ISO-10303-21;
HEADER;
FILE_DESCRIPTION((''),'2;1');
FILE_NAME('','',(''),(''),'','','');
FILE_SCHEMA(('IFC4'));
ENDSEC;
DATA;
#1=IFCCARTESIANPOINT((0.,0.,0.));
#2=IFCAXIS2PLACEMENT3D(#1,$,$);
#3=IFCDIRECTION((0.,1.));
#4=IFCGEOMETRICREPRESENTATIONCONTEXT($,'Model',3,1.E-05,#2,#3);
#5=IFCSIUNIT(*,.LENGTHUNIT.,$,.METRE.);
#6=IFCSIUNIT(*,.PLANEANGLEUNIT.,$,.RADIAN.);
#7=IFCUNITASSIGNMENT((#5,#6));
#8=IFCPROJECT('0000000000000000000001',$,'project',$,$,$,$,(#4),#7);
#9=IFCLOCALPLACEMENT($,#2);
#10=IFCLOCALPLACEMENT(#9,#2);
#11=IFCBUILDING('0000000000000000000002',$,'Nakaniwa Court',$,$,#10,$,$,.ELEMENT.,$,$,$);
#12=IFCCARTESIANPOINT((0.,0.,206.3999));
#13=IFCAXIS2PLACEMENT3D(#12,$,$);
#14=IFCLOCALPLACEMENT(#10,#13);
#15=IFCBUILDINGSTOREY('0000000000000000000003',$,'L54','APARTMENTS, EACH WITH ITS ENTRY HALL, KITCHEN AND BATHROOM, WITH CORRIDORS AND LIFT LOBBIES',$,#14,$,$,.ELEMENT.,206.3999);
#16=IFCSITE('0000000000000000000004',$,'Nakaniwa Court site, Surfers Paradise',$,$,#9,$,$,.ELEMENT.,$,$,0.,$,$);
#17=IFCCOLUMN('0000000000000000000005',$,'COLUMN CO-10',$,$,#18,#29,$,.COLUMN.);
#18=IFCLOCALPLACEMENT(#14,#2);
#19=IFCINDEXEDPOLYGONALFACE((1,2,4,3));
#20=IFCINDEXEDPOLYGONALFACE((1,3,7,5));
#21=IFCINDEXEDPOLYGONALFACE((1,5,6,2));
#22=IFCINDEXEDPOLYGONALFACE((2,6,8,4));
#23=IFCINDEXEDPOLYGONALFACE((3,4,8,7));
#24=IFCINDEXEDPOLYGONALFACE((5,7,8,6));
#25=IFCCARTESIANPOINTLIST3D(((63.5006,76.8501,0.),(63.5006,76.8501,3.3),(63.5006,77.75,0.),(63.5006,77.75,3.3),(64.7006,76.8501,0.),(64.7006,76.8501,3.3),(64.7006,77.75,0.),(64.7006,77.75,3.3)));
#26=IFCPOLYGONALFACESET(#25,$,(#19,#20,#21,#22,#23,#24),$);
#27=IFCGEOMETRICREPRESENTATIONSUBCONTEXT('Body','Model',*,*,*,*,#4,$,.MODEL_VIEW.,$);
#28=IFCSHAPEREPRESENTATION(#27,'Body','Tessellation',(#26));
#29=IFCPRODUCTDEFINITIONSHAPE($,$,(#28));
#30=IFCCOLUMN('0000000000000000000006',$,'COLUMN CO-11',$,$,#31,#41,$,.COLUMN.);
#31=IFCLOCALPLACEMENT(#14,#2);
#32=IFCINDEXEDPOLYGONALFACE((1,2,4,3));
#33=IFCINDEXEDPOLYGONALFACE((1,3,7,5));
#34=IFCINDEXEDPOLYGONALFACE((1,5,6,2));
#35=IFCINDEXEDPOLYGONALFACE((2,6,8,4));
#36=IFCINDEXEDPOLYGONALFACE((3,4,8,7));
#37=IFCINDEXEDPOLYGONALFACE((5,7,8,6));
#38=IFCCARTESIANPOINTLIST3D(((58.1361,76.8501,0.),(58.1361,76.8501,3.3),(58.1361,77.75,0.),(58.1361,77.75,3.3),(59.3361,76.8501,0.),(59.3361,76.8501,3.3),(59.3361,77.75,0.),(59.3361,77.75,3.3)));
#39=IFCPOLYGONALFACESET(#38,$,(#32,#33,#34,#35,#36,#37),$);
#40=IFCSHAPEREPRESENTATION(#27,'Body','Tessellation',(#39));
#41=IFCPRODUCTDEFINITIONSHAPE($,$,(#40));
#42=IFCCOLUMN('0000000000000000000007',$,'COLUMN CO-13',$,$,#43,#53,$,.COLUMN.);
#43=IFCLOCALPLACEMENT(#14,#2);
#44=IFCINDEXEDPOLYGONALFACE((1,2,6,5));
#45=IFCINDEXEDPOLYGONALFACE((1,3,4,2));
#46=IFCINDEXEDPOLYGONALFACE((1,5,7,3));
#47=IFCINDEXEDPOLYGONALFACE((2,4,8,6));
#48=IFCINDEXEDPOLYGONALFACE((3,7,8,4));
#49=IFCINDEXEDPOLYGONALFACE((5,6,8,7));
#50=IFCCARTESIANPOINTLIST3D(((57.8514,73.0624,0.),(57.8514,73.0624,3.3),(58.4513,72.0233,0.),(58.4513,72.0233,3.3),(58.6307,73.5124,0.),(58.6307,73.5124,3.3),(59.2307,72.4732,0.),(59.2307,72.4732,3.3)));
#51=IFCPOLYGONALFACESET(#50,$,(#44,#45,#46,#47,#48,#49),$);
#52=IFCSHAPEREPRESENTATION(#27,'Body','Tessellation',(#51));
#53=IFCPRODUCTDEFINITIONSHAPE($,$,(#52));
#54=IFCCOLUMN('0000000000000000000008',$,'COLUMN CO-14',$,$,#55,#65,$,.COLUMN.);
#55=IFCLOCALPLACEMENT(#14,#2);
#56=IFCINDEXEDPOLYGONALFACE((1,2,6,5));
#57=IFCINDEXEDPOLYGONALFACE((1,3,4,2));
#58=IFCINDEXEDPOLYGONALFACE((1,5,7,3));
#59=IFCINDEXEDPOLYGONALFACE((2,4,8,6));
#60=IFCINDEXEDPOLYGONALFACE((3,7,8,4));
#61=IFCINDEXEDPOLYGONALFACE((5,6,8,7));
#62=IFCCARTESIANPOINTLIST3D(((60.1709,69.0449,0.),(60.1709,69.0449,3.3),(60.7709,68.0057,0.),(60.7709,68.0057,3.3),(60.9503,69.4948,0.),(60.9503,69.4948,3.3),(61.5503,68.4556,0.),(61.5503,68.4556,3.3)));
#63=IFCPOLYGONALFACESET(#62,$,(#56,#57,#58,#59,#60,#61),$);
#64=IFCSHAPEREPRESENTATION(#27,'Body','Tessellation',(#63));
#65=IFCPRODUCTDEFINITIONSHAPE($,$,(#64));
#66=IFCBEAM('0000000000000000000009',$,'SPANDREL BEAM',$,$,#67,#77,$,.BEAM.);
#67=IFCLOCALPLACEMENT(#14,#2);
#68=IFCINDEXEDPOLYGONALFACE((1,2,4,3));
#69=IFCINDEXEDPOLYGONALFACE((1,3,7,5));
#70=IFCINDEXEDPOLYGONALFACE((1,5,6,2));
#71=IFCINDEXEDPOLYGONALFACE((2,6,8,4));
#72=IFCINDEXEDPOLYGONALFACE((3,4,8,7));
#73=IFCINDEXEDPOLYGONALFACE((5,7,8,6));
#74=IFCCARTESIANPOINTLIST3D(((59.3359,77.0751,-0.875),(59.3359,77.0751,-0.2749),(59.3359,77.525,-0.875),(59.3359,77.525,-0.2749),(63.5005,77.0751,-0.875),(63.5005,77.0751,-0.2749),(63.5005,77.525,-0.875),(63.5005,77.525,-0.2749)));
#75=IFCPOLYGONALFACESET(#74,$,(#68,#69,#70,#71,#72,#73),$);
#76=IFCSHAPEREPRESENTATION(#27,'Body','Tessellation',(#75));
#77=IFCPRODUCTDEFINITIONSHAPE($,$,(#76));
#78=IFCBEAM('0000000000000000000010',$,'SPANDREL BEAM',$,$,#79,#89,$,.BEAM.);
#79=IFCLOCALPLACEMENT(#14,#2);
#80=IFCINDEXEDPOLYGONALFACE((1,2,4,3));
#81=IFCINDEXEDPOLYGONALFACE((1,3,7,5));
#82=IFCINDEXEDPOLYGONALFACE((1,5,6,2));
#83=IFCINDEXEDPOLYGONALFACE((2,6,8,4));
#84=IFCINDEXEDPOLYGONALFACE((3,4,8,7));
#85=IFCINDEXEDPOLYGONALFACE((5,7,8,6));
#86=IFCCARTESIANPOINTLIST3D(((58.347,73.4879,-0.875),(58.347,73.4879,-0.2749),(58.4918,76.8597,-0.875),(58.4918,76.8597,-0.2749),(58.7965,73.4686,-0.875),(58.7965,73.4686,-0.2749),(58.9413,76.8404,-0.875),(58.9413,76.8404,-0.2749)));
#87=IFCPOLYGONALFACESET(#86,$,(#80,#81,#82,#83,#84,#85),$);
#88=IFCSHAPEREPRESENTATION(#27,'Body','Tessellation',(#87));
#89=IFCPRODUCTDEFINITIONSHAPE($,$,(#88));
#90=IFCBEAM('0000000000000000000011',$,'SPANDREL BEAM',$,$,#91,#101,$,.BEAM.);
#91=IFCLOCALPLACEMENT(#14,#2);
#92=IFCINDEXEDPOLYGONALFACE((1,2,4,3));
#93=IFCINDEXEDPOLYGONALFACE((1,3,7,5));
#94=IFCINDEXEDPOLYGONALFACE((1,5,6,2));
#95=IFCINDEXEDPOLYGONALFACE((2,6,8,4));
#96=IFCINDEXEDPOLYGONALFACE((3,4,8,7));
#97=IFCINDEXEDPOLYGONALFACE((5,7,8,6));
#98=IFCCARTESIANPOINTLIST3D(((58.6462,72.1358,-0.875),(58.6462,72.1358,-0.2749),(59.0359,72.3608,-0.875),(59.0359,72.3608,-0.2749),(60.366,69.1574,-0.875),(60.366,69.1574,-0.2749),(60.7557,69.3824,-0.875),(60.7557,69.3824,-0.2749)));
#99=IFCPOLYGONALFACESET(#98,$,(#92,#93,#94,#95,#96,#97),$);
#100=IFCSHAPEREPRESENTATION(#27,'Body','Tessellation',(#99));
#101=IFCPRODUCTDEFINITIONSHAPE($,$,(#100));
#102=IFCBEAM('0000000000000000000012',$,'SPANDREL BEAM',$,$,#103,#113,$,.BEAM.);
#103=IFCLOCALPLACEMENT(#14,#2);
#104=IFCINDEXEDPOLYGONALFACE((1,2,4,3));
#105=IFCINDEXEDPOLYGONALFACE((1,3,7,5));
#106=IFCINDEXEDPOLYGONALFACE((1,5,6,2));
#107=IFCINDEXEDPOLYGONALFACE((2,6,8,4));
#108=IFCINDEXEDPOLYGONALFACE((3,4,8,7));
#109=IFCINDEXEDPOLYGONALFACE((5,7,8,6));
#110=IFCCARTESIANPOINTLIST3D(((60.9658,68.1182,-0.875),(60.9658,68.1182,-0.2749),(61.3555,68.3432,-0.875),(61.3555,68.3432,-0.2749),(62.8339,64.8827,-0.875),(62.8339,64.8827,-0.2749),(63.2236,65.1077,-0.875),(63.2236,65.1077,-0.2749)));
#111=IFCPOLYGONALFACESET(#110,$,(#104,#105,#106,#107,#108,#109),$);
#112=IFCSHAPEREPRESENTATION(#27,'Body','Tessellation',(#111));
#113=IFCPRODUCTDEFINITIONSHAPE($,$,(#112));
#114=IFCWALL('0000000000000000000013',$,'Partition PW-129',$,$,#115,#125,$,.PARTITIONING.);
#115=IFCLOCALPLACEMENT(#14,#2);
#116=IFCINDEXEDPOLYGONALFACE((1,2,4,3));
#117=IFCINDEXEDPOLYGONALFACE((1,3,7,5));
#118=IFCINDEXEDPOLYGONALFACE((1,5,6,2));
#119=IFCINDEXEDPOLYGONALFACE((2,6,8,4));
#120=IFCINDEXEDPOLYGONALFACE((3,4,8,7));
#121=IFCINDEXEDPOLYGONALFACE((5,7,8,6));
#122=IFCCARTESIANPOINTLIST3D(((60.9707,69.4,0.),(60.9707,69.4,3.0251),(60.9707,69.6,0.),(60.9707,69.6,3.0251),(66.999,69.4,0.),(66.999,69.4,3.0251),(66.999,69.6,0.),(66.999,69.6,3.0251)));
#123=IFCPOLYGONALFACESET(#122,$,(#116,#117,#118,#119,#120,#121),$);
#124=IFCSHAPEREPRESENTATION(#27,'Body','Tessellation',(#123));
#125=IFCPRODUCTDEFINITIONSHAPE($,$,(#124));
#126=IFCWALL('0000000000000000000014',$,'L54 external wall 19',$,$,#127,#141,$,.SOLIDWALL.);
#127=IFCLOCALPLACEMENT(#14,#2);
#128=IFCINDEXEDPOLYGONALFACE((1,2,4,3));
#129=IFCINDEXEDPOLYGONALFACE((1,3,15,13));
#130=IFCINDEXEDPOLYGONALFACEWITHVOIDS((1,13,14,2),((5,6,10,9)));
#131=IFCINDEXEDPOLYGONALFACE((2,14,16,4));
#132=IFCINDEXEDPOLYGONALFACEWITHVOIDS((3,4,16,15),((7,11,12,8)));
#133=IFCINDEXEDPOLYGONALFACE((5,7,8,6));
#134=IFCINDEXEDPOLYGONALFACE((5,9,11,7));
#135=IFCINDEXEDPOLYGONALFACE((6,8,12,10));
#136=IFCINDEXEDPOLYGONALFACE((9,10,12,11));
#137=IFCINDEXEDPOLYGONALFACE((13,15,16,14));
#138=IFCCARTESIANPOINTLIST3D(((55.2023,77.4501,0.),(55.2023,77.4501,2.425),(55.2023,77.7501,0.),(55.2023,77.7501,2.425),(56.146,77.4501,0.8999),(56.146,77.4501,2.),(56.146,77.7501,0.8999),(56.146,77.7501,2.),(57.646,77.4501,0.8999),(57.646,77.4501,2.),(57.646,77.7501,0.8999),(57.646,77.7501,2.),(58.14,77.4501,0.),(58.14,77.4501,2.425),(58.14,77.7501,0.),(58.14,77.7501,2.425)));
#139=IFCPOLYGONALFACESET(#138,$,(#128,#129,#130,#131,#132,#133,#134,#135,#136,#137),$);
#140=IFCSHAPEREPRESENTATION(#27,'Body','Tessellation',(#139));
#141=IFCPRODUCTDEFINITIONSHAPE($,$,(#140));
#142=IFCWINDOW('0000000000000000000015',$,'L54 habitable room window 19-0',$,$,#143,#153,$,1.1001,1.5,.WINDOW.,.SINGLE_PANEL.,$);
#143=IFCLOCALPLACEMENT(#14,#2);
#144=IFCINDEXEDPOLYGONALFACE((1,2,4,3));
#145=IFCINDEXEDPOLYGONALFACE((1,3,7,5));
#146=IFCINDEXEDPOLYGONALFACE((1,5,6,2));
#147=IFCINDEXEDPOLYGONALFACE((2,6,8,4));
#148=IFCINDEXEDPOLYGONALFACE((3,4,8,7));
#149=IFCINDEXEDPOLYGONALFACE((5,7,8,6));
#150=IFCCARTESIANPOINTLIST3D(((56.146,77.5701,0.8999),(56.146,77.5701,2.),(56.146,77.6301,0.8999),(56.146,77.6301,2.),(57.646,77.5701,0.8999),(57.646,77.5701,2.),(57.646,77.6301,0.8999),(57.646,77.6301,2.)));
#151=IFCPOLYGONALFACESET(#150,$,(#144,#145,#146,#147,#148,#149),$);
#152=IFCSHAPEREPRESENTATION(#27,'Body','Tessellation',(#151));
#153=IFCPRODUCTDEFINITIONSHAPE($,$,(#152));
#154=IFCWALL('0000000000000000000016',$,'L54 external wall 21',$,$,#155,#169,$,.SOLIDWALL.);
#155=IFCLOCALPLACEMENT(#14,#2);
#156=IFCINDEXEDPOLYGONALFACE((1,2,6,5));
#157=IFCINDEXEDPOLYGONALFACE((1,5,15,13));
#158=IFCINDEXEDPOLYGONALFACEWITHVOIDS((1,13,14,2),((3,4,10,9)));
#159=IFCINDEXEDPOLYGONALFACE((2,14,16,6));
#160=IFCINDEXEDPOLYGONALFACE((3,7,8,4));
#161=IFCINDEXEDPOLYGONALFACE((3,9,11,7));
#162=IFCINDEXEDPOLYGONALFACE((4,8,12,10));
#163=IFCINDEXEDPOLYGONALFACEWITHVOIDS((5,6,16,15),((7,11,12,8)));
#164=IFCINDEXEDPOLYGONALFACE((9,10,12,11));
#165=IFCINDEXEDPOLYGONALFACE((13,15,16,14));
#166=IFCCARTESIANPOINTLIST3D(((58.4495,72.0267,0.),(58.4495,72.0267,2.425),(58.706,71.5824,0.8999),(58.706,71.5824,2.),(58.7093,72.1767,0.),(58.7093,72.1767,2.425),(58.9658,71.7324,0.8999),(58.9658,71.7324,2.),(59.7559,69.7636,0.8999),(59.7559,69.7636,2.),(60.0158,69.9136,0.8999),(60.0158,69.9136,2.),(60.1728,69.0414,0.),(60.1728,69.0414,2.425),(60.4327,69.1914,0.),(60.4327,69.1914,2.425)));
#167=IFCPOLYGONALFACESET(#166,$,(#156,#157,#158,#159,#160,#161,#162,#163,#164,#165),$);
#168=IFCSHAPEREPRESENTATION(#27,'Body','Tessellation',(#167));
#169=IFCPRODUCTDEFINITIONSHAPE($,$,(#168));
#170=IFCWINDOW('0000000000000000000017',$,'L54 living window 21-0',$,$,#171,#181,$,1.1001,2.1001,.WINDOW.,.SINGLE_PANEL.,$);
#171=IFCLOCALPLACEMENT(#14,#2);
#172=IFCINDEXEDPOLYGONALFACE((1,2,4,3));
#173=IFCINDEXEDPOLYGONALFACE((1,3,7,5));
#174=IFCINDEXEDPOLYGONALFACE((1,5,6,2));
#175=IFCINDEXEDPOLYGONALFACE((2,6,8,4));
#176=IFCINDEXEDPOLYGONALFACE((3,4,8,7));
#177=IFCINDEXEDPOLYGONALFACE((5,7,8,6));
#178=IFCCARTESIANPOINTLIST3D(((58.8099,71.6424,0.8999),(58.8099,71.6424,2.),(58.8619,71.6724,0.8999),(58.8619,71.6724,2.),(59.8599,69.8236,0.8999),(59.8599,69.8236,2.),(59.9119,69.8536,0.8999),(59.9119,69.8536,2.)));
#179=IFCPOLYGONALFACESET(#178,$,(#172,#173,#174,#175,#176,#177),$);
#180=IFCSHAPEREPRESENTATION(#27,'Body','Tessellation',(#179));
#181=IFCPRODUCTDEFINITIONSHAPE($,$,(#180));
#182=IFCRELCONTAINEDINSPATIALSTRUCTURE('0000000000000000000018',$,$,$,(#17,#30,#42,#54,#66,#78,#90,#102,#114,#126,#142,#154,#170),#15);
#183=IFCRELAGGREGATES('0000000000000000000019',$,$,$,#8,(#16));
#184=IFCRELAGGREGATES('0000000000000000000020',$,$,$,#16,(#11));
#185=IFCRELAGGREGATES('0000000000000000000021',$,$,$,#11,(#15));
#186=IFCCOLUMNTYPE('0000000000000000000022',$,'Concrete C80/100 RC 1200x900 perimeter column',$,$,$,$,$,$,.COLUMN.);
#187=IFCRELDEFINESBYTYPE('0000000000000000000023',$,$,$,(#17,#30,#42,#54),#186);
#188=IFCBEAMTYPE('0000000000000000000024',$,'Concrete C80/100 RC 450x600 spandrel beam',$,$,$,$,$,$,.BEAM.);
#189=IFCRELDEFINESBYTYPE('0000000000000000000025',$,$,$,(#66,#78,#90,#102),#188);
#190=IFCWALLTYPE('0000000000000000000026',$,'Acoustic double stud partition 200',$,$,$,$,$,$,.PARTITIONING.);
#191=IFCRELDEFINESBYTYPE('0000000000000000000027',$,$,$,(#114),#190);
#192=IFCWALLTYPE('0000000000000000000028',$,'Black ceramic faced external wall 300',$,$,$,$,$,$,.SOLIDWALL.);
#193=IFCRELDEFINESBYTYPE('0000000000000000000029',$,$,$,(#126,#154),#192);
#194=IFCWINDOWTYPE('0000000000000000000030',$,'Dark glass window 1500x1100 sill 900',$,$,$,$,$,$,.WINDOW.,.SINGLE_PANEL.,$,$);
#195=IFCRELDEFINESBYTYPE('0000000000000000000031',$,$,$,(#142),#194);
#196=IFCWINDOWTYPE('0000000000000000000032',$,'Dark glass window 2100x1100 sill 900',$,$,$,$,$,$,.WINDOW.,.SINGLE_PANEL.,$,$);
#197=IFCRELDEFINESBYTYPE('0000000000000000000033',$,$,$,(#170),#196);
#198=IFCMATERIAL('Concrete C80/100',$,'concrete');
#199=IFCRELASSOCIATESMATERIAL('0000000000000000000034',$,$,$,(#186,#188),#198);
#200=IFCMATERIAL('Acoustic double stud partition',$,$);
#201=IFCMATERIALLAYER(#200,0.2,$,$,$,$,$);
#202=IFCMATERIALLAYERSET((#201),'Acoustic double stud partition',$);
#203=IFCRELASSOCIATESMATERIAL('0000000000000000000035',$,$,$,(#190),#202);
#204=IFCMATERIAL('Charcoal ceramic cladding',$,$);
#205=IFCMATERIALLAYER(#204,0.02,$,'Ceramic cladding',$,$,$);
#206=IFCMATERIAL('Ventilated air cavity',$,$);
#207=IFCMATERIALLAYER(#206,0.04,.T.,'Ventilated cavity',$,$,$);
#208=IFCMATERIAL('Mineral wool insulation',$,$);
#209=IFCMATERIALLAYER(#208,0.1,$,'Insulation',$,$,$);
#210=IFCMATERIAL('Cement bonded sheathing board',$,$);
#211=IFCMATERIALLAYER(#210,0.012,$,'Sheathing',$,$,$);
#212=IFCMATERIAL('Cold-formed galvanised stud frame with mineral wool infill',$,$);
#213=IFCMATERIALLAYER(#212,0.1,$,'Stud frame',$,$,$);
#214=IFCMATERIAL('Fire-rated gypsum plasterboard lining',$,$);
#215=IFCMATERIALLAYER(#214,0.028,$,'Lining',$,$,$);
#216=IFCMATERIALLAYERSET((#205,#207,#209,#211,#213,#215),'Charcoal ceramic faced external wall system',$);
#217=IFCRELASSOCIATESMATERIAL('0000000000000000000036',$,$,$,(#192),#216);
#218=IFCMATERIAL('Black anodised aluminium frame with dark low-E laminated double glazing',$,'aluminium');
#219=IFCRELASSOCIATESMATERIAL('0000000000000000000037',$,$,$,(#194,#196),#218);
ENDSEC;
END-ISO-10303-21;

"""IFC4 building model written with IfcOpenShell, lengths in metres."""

from ifc_helpers import new_model, si_unit, direction, frame, frame_2d, origin, origin_2d, place, context, subcontext, project, spatial, rectangle, extrude, material, layer, layer_set, material_profile, profile_set, type_object, element, fill, save


model = new_model("IFC4")

# Units and contexts
model_context = context("Model", 3, precision=1e-05, world=origin(), true_north=direction((0.0, 1.0)))
body_context = subcontext(model_context, "Body", "Model", "MODEL_VIEW")
ifc_project = project(units=[si_unit("LENGTHUNIT", "METRE"), si_unit("PLANEANGLEUNIT", "RADIAN")], contexts=[model_context])

# Site, building, storey
site_placement = place(None, origin())
site = spatial("IfcSite", under=ifc_project, at=site_placement, Name="Nakaniwa Court site, Surfers Paradise", CompositionType="ELEMENT", RefElevation=0.0)
building_placement = place(site_placement, origin())
building = spatial("IfcBuilding", under=site, at=building_placement, Name="Nakaniwa Court", CompositionType="ELEMENT")
storey_placement = place(building_placement, frame((0.0, 0.0, 206.3999)))
storey = spatial("IfcBuildingStorey", under=building, at=storey_placement, Name="L54", Description="APARTMENTS, EACH WITH ITS ENTRY HALL, KITCHEN AND BATHROOM, WITH CORRIDORS AND LIFT LOBBIES", CompositionType="ELEMENT", Elevation=206.3999)

# Columns
ifc_material_1 = material(Name="Concrete C80/100", Category="concrete")
ifc_material_profile_1 = material_profile(ifc_material_1, rectangle(XDim=1.2, YDim=0.8999, at=origin_2d()), Name="Concrete C80/100 RC 1200x900 perimeter column")
ifc_profile_set_1 = profile_set([ifc_material_profile_1], Name="Concrete C80/100")
column_type = type_object("IfcColumnType", Name="Concrete C80/100 RC 1200x900 perimeter column", PredefinedType="COLUMN", material=ifc_profile_set_1)
for number, where, z_axis, x_axis, name in (
    (1, (64.1006, 77.3, 0.0), (0.0, 0.0, 1.0), (-1.0, 0.0, 0.0), "COLUMN CO-10"),
    (2, (58.7361, 77.3, 0.0), (0.0, 0.0, 1.0), (-1.0, 0.0, 0.0), "COLUMN CO-11"),
    (3, (58.541, 72.7678, 0.0), (0.0, 0.0, 1.0), (0.5, -0.866025, 0.0), "COLUMN CO-13"),
    (4, (60.8606, 68.7502, 0.0), (0.0, 0.0, 1.0), (0.5, -0.866025, 0.0), "COLUMN CO-14"),
):
    element("IfcColumn", number, at=place(storey_placement, frame(where, z_axis=z_axis, x_axis=x_axis)), inside=storey, type_object=column_type, Name=name, PredefinedType="COLUMN", context=body_context, shape_type="SweptSolid", body=[
        extrude(rectangle(XDim=1.2, YDim=0.8999, at=origin_2d()), origin(), (0.0, 0.0, 1.0), 3.3),
    ])

# Beams
ifc_material_profile_2 = material_profile(ifc_material_1, rectangle(XDim=0.45, YDim=0.6001, at=origin_2d()), Name="Concrete C80/100 RC 450x600 spandrel beam")
ifc_profile_set_2 = profile_set([ifc_material_profile_2], Name="Concrete C80/100")
beam_type = type_object("IfcBeamType", Name="Concrete C80/100 RC 450x600 spandrel beam", PredefinedType="BEAM", material=ifc_profile_set_2)
beam_1_placement = place(storey_placement, frame((63.5005, 77.3, -0.575), z_axis=(-1.0, 0.0, 0.0), x_axis=(0.0, -1.0, 0.0)))
element("IfcBeam", 5, at=beam_1_placement, inside=storey, type_object=beam_type, Name="SPANDREL BEAM", PredefinedType="BEAM", context=body_context, shape_type="SweptSolid", body=[
    extrude(rectangle(XDim=0.45, YDim=0.6001, at=origin_2d()), origin(), (0.0, 0.0, 1.0), 4.1646),
])
beam_2_placement = place(storey_placement, frame((58.7166, 76.8501, -0.575), z_axis=(-0.042897, -0.999079, 0.0), x_axis=(0.999079, -0.042897, 0.0)))
element("IfcBeam", 6, at=beam_2_placement, inside=storey, type_object=beam_type, Name="SPANDREL BEAM", PredefinedType="BEAM", context=body_context, shape_type="SweptSolid", body=[
    extrude(rectangle(XDim=0.45, YDim=0.6001, at=origin_2d()), origin(), (0.0, 0.0, 1.0), 3.375),
])
beam_3_placement = place(storey_placement, frame((58.8411, 72.2483, -0.575), z_axis=(0.500048, -0.865998, 0.0), x_axis=(0.865998, 0.500048, 0.0)))
element("IfcBeam", 7, at=beam_3_placement, inside=storey, type_object=beam_type, Name="SPANDREL BEAM", PredefinedType="BEAM", context=body_context, shape_type="SweptSolid", body=[
    extrude(rectangle(XDim=0.45, YDim=0.6001, at=origin_2d()), origin(), (0.0, 0.0, 1.0), 3.4392),
])
beam_4_placement = place(storey_placement, frame((61.1606, 68.2307, -0.575), z_axis=(0.500018, -0.866015, 0.0), x_axis=(0.866015, 0.500018, 0.0)))
element("IfcBeam", 8, at=beam_4_placement, inside=storey, type_object=beam_type, Name="SPANDREL BEAM", PredefinedType="BEAM", context=body_context, shape_type="SweptSolid", body=[
    extrude(rectangle(XDim=0.45, YDim=0.6001, at=origin_2d()), origin(), (0.0, 0.0, 1.0), 3.7361),
])

# Wall
ifc_material_2 = material(Name="Acoustic double stud partition")
ifc_layer_1 = layer(ifc_material_2, 0.2)
ifc_layer_set_1 = layer_set([ifc_layer_1], Name="Acoustic double stud partition")
wall_type_1 = type_object("IfcWallType", Name="Acoustic double stud partition 200", PredefinedType="PARTITIONING", material=ifc_layer_set_1)
wall_1_placement = place(storey_placement, frame((60.9707, 69.5, 0.0), z_axis=(0.0, 0.0, 1.0), x_axis=(1.0, 0.0, 0.0)))
element("IfcWall", 9, at=wall_1_placement, inside=storey, type_object=wall_type_1, Name="Partition PW-129", PredefinedType="PARTITIONING", context=body_context, shape_type="SweptSolid", body=[
    extrude(rectangle(XDim=6.0283, YDim=0.2, at=frame_2d((3.0142, 0.0))), origin(), (0.0, 0.0, 1.0), 3.0251),
])

# Walls, openings, windows
ifc_material_3 = material(Name="Charcoal ceramic cladding")
ifc_layer_2 = layer(ifc_material_3, 0.02, Name="Ceramic cladding")
ifc_material_4 = material(Name="Ventilated air cavity")
ifc_layer_3 = layer(ifc_material_4, 0.04, ventilated=True, Name="Ventilated cavity")
ifc_material_5 = material(Name="Mineral wool insulation")
ifc_layer_4 = layer(ifc_material_5, 0.1, Name="Insulation")
ifc_material_6 = material(Name="Cement bonded sheathing board")
ifc_layer_5 = layer(ifc_material_6, 0.012, Name="Sheathing")
ifc_material_7 = material(Name="Cold-formed galvanised stud frame with mineral wool infill")
ifc_layer_6 = layer(ifc_material_7, 0.1, Name="Stud frame")
ifc_material_8 = material(Name="Fire-rated gypsum plasterboard lining")
ifc_layer_7 = layer(ifc_material_8, 0.028, Name="Lining")
ifc_layer_set_2 = layer_set([ifc_layer_2, ifc_layer_3, ifc_layer_4, ifc_layer_5, ifc_layer_6, ifc_layer_7], Name="Charcoal ceramic faced external wall system")
wall_type_2 = type_object("IfcWallType", Name="Black ceramic faced external wall 300", PredefinedType="SOLIDWALL", material=ifc_layer_set_2)
wall_2_placement = place(storey_placement, frame((58.1399, 77.6001, 0.0), z_axis=(0.0, 0.0, 1.0), x_axis=(-1.0, 0.0, 0.0)))
wall_2 = element("IfcWall", 10, at=wall_2_placement, inside=storey, type_object=wall_type_2, Name="L54 external wall 19", PredefinedType="SOLIDWALL", context=body_context, shape_type="SweptSolid", body=[
    extrude(rectangle(XDim=2.9377, YDim=0.3, at=frame_2d((1.4688, 0.0))), origin(), (0.0, 0.0, 1.0), 2.425),
])
opening_1_placement = place(wall_2_placement, frame((0.4939, 0.0, 0.8999)))
opening_1 = element("IfcOpeningElement", 11, at=opening_1_placement, cuts=wall_2, PredefinedType="OPENING", context=body_context, shape_type="SweptSolid", body=[
    extrude(rectangle(XDim=1.5, YDim=1.1001, at=frame_2d((0.75, 0.55))), frame((0.0, 0.1599, 0.0), z_axis=(0.0, -1.0, 0.0), x_axis=(1.0, 0.0, 0.0)), (0.0, 0.0, 1.0), 0.3201),
])
ifc_material_9 = material(Name="Black anodised aluminium frame with dark low-E laminated double glazing", Category="aluminium")
window_type_1 = type_object("IfcWindowType", Name="Dark glass window 1500x1100 sill 900", PartitioningType="SINGLE_PANEL", PredefinedType="WINDOW", material=ifc_material_9)
window_1_placement = place(opening_1_placement, origin())
window_1 = element("IfcWindow", 12, at=window_1_placement, inside=storey, type_object=window_type_1, Name="L54 habitable room window 19-0", OverallHeight=1.1001, OverallWidth=1.5, PartitioningType="SINGLE_PANEL", PredefinedType="WINDOW", context=body_context, shape_type="SweptSolid", body=[
    extrude(rectangle(XDim=1.5, YDim=1.1001, at=frame_2d((0.75, 0.55))), frame((0.0, 0.03, 0.0), z_axis=(0.0, -1.0, 0.0), x_axis=(1.0, 0.0, 0.0)), (0.0, 0.0, 1.0), 0.0601),
])
fill(opening_1, window_1)
wall_3_placement = place(storey_placement, frame((58.5793, 72.1018, 0.0), z_axis=(0.0, 0.0, 1.0), x_axis=(0.499955, -0.866051, 0.0)))
wall_3 = element("IfcWall", 13, at=wall_3_placement, inside=storey, type_object=wall_type_2, Name="L54 external wall 21", PredefinedType="SOLIDWALL", context=body_context, shape_type="SweptSolid", body=[
    extrude(rectangle(XDim=3.447, YDim=0.3, at=frame_2d((1.7236, 0.0))), origin(), (0.0, 0.0, 1.0), 2.425),
])
opening_2_placement = place(wall_3_placement, frame((0.5132, 0.0, 0.8999)))
opening_2 = element("IfcOpeningElement", 14, at=opening_2_placement, cuts=wall_3, PredefinedType="OPENING", context=body_context, shape_type="SweptSolid", body=[
    extrude(rectangle(XDim=2.1001, YDim=1.1001, at=frame_2d((1.05, 0.55))), frame((0.0, 0.1599, 0.0), z_axis=(0.0, -1.0, 0.0), x_axis=(1.0, 0.0, 0.0)), (0.0, 0.0, 1.0), 0.3201),
])
window_type_2 = type_object("IfcWindowType", Name="Dark glass window 2100x1100 sill 900", PartitioningType="SINGLE_PANEL", PredefinedType="WINDOW", material=ifc_material_9)
window_2_placement = place(opening_2_placement, origin())
window_2 = element("IfcWindow", 15, at=window_2_placement, inside=storey, type_object=window_type_2, Name="L54 living window 21-0", OverallHeight=1.1001, OverallWidth=2.1001, PartitioningType="SINGLE_PANEL", PredefinedType="WINDOW", context=body_context, shape_type="SweptSolid", body=[
    extrude(rectangle(XDim=2.1001, YDim=1.1001, at=frame_2d((1.05, 0.55))), frame((0.0, 0.03, 0.0), z_axis=(0.0, -1.0, 0.0), x_axis=(1.0, 0.0, 0.0)), (0.0, 0.0, 1.0), 0.0601),
])
fill(opening_2, window_2)

save(model, "model.ifc")
